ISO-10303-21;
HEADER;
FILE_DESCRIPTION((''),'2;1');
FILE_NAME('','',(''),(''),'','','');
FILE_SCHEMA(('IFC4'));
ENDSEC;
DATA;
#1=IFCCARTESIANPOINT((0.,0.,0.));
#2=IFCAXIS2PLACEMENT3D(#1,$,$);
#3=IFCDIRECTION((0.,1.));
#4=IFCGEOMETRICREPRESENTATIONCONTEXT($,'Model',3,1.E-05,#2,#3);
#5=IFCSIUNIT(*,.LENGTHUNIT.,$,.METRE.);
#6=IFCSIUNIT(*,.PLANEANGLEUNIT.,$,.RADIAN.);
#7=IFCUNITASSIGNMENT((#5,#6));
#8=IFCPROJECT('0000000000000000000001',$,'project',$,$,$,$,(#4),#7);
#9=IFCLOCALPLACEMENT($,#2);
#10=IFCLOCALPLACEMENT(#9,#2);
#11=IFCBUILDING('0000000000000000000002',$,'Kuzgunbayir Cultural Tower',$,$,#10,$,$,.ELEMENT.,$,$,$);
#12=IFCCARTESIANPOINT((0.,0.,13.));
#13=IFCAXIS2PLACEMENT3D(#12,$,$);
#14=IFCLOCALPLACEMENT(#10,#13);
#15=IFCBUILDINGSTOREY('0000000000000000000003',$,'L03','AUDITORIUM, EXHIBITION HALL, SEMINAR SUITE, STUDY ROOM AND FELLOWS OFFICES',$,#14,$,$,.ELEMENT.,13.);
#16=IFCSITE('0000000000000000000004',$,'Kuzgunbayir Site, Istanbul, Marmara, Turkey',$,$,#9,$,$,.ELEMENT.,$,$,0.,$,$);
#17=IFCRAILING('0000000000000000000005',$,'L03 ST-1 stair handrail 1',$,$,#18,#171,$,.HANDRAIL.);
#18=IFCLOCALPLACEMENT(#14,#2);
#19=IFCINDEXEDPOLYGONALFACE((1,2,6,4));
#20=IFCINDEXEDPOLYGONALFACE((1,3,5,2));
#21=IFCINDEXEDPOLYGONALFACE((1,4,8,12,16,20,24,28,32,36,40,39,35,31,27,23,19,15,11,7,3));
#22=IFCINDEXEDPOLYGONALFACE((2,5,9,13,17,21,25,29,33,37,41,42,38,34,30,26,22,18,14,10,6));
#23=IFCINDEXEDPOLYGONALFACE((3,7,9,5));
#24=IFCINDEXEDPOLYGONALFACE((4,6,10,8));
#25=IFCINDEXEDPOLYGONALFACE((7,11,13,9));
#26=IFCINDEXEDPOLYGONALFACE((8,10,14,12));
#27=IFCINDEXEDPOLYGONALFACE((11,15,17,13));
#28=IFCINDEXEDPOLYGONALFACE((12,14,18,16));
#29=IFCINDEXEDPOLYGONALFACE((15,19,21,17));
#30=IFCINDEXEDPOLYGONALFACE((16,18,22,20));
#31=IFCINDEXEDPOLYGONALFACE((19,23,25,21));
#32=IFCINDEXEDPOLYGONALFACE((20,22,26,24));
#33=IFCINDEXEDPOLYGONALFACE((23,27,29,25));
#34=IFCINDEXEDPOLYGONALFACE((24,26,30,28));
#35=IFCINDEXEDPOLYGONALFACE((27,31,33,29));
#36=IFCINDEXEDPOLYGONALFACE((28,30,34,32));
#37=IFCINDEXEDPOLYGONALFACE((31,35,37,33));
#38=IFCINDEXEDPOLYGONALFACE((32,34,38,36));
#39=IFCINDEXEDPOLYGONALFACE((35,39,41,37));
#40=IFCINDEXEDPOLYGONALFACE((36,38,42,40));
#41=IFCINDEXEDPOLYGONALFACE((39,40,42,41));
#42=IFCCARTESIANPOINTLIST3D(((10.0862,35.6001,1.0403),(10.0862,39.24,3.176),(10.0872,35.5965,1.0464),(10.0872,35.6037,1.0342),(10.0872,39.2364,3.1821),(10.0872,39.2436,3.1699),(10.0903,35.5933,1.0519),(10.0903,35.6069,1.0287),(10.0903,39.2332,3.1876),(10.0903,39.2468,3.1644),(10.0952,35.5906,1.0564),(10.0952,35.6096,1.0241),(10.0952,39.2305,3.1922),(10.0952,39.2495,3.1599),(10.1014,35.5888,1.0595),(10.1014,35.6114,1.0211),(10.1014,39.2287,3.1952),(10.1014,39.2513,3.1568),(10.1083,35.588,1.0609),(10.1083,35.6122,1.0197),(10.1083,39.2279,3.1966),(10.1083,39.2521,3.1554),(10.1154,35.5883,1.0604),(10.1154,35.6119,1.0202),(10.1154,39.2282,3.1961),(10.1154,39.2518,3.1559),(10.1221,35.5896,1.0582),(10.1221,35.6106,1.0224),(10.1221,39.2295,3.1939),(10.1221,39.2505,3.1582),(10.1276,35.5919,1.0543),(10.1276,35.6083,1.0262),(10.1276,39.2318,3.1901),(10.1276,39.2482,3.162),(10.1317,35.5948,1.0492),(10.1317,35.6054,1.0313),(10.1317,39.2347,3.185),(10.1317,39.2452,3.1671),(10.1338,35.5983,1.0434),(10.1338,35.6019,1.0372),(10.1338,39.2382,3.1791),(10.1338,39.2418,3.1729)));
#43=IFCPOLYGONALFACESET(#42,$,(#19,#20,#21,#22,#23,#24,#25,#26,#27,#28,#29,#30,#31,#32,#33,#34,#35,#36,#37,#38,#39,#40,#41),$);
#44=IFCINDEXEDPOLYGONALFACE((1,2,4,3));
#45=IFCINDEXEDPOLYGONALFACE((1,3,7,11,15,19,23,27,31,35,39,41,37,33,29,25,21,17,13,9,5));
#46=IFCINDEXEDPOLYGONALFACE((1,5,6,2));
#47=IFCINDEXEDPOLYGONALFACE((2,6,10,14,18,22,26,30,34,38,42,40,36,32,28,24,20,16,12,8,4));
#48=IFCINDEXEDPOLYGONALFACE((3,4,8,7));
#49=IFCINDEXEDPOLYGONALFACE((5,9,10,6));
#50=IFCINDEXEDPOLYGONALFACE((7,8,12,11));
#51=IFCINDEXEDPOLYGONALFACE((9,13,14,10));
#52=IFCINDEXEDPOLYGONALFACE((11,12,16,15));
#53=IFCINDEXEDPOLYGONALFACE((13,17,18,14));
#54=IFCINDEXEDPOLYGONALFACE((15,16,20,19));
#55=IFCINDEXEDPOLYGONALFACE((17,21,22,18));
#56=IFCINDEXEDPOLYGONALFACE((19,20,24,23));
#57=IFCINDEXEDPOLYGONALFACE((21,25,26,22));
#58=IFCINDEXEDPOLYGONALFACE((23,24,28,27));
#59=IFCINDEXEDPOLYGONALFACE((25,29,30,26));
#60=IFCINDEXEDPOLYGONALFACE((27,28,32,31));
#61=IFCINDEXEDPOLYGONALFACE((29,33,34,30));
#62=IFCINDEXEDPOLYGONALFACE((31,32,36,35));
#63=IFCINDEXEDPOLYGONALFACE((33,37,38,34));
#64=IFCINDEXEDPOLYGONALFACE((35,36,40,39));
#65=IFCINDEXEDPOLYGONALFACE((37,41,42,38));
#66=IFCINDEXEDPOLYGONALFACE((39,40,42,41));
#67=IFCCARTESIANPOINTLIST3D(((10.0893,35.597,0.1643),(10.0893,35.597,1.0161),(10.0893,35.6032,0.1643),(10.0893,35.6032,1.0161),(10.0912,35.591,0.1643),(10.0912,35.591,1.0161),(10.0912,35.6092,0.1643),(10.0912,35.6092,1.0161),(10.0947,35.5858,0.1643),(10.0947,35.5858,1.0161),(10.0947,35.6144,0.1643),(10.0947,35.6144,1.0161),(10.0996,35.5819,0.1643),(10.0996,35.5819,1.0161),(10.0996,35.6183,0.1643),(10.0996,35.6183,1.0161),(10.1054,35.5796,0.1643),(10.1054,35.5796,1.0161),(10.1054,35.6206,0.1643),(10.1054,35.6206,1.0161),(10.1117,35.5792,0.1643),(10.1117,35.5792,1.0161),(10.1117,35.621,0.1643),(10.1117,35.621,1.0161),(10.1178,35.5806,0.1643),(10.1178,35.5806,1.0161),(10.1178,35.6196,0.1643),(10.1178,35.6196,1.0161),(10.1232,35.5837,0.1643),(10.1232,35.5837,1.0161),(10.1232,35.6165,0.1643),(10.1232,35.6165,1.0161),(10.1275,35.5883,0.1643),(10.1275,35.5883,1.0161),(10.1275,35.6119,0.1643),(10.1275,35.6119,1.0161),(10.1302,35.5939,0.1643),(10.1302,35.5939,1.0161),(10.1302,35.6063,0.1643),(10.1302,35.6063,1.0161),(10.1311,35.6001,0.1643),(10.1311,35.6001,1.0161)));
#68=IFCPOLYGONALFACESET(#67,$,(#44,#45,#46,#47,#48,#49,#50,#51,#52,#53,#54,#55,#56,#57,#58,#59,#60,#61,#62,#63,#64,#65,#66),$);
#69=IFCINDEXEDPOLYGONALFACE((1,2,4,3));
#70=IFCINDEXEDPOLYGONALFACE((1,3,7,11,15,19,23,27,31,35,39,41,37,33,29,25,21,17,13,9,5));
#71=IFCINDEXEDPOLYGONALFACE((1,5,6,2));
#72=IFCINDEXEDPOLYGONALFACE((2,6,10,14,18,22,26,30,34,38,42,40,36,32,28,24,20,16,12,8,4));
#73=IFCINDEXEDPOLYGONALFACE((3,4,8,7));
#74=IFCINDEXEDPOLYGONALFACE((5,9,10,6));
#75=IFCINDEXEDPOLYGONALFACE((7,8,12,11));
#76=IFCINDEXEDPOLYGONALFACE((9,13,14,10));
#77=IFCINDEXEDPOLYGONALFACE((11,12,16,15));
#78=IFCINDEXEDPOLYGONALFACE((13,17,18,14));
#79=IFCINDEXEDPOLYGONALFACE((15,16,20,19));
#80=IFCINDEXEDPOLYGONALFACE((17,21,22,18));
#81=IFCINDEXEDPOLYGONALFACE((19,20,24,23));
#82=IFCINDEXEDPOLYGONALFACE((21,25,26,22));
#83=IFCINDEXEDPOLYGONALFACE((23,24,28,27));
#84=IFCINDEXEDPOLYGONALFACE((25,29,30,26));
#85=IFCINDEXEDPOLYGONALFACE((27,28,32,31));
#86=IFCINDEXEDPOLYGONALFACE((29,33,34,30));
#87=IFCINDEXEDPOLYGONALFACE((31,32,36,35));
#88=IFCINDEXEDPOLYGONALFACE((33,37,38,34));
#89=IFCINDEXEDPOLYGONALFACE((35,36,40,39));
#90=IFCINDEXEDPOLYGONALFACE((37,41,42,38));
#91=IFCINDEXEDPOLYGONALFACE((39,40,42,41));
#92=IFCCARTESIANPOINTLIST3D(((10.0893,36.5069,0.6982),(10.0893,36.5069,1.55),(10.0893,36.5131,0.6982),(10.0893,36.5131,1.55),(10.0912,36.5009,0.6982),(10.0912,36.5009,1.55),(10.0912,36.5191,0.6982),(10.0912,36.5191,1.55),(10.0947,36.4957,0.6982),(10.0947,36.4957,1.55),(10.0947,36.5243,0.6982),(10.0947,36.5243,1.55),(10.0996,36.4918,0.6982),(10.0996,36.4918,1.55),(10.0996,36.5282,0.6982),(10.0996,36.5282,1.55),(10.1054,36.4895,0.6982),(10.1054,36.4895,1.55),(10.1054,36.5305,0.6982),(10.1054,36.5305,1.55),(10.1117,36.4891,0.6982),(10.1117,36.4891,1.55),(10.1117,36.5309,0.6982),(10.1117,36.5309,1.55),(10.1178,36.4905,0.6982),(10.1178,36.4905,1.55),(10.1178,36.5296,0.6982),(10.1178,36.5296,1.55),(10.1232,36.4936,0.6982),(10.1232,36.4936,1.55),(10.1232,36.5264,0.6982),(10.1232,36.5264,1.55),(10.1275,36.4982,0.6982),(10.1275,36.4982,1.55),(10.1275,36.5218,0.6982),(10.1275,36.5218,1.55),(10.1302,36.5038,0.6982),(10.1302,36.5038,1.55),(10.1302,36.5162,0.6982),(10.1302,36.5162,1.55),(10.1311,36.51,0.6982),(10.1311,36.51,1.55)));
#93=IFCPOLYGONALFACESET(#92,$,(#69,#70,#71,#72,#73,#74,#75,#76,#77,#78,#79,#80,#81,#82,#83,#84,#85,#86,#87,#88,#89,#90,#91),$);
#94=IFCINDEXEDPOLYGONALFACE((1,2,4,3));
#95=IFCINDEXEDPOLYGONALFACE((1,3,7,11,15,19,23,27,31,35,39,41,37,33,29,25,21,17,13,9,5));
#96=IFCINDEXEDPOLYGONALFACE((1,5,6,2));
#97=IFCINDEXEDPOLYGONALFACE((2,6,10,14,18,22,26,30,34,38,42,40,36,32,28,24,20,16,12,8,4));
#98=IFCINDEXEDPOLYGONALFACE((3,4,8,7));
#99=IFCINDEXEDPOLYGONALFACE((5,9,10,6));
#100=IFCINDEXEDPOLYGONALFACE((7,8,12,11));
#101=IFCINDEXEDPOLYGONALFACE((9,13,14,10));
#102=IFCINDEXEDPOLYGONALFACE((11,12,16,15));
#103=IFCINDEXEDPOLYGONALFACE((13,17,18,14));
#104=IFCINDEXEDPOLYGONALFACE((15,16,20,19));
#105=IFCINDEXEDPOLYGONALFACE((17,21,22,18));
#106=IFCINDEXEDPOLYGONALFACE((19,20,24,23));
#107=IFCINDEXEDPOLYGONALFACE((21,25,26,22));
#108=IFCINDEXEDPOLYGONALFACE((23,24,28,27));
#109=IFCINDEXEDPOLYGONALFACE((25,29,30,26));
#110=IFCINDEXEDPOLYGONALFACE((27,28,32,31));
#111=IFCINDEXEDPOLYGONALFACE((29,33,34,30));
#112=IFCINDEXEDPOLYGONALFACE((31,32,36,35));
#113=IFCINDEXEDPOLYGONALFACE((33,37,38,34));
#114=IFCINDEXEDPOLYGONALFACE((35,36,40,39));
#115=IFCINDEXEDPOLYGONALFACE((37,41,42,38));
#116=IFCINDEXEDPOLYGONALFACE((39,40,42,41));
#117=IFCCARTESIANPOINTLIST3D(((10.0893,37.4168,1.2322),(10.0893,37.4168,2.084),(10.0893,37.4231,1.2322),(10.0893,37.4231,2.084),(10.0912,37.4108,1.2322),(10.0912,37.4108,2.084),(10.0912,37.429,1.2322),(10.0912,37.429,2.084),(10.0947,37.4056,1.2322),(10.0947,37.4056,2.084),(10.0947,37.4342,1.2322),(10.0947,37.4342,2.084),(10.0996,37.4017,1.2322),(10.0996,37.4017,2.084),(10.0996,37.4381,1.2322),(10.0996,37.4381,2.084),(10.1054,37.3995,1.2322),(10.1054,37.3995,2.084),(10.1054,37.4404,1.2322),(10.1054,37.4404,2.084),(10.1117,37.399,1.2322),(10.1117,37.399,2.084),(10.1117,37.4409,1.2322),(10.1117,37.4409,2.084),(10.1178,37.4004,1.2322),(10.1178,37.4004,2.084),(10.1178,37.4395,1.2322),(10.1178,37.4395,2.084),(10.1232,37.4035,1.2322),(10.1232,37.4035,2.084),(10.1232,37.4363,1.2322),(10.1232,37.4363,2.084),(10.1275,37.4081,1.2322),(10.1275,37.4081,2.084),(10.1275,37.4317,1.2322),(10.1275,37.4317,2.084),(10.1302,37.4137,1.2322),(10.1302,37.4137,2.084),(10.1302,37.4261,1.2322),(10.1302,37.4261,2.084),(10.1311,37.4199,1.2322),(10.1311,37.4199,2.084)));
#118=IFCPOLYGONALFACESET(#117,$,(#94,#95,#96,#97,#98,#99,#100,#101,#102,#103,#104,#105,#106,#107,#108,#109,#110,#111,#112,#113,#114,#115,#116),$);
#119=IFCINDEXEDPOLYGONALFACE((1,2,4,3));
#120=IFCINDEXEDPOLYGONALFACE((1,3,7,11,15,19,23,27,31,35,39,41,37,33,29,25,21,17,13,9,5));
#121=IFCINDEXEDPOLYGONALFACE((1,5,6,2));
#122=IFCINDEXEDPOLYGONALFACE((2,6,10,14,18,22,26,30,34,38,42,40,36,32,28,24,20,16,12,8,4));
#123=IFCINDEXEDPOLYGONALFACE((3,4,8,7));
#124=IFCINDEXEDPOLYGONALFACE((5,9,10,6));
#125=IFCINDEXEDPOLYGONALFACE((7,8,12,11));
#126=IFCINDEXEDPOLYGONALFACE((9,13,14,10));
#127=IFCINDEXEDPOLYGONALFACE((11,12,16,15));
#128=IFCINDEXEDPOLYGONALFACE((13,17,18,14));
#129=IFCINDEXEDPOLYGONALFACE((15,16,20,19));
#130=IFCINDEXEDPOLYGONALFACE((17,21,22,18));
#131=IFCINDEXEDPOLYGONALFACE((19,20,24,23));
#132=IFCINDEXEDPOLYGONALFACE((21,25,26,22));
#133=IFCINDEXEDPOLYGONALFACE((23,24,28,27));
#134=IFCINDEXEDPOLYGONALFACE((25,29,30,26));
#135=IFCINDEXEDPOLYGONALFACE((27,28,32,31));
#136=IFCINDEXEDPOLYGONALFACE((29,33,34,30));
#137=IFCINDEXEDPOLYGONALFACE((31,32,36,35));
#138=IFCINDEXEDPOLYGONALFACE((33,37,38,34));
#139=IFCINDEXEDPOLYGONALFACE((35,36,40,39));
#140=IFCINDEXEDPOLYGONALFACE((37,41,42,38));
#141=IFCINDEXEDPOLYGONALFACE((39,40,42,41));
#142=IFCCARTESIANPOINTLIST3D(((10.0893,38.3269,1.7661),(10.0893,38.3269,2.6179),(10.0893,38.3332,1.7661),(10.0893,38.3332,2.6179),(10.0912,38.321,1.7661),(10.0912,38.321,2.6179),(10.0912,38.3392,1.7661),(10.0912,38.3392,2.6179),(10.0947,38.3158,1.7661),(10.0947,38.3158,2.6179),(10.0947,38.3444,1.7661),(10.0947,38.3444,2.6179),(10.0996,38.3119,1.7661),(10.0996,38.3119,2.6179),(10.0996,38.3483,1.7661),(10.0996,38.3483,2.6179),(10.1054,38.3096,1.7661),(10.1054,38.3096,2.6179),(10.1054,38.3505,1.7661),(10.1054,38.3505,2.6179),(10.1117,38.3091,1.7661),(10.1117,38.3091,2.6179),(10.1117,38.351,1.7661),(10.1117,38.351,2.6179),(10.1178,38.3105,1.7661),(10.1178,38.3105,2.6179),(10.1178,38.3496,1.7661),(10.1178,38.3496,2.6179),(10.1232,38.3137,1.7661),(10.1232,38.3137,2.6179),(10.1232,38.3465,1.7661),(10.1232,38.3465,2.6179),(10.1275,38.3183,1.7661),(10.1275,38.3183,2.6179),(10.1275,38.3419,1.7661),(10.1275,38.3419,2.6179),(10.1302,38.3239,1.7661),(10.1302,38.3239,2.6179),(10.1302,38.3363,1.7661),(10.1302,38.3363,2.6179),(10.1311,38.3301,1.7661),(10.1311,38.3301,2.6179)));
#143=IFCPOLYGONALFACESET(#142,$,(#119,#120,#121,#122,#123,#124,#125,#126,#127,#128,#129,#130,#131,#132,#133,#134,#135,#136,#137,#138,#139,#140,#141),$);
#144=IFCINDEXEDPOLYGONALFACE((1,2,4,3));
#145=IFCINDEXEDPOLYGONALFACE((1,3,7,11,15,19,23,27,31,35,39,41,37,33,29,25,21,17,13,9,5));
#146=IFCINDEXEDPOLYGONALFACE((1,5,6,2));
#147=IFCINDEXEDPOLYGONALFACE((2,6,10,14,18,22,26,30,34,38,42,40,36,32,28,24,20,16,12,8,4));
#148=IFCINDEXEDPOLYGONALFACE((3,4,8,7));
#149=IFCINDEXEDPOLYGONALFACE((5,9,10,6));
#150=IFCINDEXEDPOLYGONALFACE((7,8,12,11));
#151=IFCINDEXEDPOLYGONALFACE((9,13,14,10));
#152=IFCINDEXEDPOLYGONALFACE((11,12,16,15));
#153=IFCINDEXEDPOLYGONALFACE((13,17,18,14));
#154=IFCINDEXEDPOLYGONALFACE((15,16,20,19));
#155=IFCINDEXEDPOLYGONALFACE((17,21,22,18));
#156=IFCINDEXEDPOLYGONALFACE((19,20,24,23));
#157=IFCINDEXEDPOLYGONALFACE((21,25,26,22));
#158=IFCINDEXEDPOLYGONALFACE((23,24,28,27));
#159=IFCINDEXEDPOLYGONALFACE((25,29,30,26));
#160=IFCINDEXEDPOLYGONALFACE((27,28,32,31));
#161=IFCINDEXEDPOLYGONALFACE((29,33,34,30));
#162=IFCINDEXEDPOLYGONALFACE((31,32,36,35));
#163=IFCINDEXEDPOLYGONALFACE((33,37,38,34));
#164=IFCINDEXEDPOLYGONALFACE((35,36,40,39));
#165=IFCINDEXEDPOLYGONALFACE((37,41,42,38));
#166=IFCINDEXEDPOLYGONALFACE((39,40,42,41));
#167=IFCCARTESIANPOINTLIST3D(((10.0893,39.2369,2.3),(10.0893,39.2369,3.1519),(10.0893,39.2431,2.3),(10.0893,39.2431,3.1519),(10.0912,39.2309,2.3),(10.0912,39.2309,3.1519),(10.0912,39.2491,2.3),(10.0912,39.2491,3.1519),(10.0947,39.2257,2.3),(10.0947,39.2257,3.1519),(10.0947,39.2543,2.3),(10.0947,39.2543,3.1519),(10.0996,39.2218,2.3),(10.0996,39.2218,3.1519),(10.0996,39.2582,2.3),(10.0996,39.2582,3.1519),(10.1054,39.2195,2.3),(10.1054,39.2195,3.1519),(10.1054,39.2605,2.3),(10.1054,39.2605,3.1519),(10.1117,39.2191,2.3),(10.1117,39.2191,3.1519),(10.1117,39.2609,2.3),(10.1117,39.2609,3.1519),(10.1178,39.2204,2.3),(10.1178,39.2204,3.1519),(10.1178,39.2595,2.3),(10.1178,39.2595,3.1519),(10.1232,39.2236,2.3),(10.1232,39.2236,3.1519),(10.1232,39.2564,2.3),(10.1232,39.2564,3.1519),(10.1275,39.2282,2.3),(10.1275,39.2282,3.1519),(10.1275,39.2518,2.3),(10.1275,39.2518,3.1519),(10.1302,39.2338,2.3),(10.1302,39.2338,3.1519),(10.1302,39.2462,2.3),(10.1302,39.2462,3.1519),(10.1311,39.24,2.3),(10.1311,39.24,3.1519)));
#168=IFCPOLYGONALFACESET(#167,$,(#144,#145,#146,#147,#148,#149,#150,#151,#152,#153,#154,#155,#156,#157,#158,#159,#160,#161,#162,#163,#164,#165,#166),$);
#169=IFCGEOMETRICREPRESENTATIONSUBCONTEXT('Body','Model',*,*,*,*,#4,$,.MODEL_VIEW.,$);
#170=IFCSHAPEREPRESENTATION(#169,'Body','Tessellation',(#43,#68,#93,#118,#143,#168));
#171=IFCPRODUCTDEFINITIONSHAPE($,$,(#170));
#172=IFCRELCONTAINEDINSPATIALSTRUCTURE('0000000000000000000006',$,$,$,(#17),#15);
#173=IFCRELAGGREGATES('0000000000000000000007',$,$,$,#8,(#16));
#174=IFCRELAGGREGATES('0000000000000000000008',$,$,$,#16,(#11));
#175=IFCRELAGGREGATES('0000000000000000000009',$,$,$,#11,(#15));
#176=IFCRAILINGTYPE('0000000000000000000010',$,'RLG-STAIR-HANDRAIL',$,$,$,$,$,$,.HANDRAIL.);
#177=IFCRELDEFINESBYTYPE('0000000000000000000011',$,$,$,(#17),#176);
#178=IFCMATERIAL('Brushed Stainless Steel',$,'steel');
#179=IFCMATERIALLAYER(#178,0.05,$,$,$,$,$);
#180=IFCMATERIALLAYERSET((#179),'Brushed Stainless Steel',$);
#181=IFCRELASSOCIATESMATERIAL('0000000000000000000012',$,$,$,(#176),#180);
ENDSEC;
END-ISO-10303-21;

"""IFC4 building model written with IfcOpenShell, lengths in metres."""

from ifc_helpers import new_model, si_unit, direction, frame, origin, origin_2d, place, context, subcontext, project, spatial, circle, extrude, material, layer, layer_set, type_object, element, save


model = new_model("IFC4")

# Units and contexts
model_context = context("Model", 3, precision=1e-05, world=origin(), true_north=direction((0.0, 1.0)))
body_context = subcontext(model_context, "Body", "Model", "MODEL_VIEW")
ifc_project = project(units=[si_unit("LENGTHUNIT", "METRE"), si_unit("PLANEANGLEUNIT", "RADIAN")], contexts=[model_context])

# Site, building, storey
site_placement = place(None, origin())
site = spatial("IfcSite", under=ifc_project, at=site_placement, Name="Kuzgunbayir Site, Istanbul, Marmara, Turkey", CompositionType="ELEMENT", RefElevation=0.0)
building_placement = place(site_placement, origin())
building = spatial("IfcBuilding", under=site, at=building_placement, Name="Kuzgunbayir Cultural Tower", CompositionType="ELEMENT")
storey_placement = place(building_placement, frame((0.0, 0.0, 13.0)))
storey = spatial("IfcBuildingStorey", under=building, at=storey_placement, Name="L03", Description="AUDITORIUM, EXHIBITION HALL, SEMINAR SUITE, STUDY ROOM AND FELLOWS OFFICES", CompositionType="ELEMENT", Elevation=13.0)

# Shared definitions
ifc_material_1 = material(Name="Brushed Stainless Steel", Category="steel")

# Railing
ifc_layer_1 = layer(ifc_material_1, 0.05)
ifc_layer_set_1 = layer_set([ifc_layer_1], Name="Brushed Stainless Steel")
railing_type_1 = type_object("IfcRailingType", Name="RLG-STAIR-HANDRAIL", PredefinedType="HANDRAIL", material=ifc_layer_set_1)
railing_1_placement = place(storey_placement, frame((10.1101, 35.6001, 0.1643)))
element("IfcRailing", 1, at=railing_1_placement, inside=storey, type_object=railing_type_1, Name="L03 ST-1 stair handrail 1", PredefinedType="HANDRAIL", context=body_context, shape_type="SweptSolid", body=[
    extrude(circle(Radius=0.0239, at=origin_2d()), frame((0.0, 0.0, 0.876), z_axis=(0.0, 0.86249, 0.506074), x_axis=(-1.0, 0.0, 0.0)), (0.0, 0.0, 1.0), 4.2202),
    extrude(circle(Radius=0.021, at=origin_2d()), origin(), (0.0, 0.0, 1.0), 0.8518),
    extrude(circle(Radius=0.021, at=origin_2d()), frame((0.0, 0.9099, 0.5339)), (0.0, 0.0, 1.0), 0.8518),
    extrude(circle(Radius=0.021, at=origin_2d()), frame((0.0, 1.8198, 1.0679)), (0.0, 0.0, 1.0), 0.8518),
    extrude(circle(Radius=0.021, at=origin_2d()), frame((0.0, 2.73, 1.6018)), (0.0, 0.0, 1.0), 0.8518),
    extrude(circle(Radius=0.021, at=origin_2d()), frame((0.0, 3.6399, 2.1357)), (0.0, 0.0, 1.0), 0.8518),
])

save(model, "model.ifc")
